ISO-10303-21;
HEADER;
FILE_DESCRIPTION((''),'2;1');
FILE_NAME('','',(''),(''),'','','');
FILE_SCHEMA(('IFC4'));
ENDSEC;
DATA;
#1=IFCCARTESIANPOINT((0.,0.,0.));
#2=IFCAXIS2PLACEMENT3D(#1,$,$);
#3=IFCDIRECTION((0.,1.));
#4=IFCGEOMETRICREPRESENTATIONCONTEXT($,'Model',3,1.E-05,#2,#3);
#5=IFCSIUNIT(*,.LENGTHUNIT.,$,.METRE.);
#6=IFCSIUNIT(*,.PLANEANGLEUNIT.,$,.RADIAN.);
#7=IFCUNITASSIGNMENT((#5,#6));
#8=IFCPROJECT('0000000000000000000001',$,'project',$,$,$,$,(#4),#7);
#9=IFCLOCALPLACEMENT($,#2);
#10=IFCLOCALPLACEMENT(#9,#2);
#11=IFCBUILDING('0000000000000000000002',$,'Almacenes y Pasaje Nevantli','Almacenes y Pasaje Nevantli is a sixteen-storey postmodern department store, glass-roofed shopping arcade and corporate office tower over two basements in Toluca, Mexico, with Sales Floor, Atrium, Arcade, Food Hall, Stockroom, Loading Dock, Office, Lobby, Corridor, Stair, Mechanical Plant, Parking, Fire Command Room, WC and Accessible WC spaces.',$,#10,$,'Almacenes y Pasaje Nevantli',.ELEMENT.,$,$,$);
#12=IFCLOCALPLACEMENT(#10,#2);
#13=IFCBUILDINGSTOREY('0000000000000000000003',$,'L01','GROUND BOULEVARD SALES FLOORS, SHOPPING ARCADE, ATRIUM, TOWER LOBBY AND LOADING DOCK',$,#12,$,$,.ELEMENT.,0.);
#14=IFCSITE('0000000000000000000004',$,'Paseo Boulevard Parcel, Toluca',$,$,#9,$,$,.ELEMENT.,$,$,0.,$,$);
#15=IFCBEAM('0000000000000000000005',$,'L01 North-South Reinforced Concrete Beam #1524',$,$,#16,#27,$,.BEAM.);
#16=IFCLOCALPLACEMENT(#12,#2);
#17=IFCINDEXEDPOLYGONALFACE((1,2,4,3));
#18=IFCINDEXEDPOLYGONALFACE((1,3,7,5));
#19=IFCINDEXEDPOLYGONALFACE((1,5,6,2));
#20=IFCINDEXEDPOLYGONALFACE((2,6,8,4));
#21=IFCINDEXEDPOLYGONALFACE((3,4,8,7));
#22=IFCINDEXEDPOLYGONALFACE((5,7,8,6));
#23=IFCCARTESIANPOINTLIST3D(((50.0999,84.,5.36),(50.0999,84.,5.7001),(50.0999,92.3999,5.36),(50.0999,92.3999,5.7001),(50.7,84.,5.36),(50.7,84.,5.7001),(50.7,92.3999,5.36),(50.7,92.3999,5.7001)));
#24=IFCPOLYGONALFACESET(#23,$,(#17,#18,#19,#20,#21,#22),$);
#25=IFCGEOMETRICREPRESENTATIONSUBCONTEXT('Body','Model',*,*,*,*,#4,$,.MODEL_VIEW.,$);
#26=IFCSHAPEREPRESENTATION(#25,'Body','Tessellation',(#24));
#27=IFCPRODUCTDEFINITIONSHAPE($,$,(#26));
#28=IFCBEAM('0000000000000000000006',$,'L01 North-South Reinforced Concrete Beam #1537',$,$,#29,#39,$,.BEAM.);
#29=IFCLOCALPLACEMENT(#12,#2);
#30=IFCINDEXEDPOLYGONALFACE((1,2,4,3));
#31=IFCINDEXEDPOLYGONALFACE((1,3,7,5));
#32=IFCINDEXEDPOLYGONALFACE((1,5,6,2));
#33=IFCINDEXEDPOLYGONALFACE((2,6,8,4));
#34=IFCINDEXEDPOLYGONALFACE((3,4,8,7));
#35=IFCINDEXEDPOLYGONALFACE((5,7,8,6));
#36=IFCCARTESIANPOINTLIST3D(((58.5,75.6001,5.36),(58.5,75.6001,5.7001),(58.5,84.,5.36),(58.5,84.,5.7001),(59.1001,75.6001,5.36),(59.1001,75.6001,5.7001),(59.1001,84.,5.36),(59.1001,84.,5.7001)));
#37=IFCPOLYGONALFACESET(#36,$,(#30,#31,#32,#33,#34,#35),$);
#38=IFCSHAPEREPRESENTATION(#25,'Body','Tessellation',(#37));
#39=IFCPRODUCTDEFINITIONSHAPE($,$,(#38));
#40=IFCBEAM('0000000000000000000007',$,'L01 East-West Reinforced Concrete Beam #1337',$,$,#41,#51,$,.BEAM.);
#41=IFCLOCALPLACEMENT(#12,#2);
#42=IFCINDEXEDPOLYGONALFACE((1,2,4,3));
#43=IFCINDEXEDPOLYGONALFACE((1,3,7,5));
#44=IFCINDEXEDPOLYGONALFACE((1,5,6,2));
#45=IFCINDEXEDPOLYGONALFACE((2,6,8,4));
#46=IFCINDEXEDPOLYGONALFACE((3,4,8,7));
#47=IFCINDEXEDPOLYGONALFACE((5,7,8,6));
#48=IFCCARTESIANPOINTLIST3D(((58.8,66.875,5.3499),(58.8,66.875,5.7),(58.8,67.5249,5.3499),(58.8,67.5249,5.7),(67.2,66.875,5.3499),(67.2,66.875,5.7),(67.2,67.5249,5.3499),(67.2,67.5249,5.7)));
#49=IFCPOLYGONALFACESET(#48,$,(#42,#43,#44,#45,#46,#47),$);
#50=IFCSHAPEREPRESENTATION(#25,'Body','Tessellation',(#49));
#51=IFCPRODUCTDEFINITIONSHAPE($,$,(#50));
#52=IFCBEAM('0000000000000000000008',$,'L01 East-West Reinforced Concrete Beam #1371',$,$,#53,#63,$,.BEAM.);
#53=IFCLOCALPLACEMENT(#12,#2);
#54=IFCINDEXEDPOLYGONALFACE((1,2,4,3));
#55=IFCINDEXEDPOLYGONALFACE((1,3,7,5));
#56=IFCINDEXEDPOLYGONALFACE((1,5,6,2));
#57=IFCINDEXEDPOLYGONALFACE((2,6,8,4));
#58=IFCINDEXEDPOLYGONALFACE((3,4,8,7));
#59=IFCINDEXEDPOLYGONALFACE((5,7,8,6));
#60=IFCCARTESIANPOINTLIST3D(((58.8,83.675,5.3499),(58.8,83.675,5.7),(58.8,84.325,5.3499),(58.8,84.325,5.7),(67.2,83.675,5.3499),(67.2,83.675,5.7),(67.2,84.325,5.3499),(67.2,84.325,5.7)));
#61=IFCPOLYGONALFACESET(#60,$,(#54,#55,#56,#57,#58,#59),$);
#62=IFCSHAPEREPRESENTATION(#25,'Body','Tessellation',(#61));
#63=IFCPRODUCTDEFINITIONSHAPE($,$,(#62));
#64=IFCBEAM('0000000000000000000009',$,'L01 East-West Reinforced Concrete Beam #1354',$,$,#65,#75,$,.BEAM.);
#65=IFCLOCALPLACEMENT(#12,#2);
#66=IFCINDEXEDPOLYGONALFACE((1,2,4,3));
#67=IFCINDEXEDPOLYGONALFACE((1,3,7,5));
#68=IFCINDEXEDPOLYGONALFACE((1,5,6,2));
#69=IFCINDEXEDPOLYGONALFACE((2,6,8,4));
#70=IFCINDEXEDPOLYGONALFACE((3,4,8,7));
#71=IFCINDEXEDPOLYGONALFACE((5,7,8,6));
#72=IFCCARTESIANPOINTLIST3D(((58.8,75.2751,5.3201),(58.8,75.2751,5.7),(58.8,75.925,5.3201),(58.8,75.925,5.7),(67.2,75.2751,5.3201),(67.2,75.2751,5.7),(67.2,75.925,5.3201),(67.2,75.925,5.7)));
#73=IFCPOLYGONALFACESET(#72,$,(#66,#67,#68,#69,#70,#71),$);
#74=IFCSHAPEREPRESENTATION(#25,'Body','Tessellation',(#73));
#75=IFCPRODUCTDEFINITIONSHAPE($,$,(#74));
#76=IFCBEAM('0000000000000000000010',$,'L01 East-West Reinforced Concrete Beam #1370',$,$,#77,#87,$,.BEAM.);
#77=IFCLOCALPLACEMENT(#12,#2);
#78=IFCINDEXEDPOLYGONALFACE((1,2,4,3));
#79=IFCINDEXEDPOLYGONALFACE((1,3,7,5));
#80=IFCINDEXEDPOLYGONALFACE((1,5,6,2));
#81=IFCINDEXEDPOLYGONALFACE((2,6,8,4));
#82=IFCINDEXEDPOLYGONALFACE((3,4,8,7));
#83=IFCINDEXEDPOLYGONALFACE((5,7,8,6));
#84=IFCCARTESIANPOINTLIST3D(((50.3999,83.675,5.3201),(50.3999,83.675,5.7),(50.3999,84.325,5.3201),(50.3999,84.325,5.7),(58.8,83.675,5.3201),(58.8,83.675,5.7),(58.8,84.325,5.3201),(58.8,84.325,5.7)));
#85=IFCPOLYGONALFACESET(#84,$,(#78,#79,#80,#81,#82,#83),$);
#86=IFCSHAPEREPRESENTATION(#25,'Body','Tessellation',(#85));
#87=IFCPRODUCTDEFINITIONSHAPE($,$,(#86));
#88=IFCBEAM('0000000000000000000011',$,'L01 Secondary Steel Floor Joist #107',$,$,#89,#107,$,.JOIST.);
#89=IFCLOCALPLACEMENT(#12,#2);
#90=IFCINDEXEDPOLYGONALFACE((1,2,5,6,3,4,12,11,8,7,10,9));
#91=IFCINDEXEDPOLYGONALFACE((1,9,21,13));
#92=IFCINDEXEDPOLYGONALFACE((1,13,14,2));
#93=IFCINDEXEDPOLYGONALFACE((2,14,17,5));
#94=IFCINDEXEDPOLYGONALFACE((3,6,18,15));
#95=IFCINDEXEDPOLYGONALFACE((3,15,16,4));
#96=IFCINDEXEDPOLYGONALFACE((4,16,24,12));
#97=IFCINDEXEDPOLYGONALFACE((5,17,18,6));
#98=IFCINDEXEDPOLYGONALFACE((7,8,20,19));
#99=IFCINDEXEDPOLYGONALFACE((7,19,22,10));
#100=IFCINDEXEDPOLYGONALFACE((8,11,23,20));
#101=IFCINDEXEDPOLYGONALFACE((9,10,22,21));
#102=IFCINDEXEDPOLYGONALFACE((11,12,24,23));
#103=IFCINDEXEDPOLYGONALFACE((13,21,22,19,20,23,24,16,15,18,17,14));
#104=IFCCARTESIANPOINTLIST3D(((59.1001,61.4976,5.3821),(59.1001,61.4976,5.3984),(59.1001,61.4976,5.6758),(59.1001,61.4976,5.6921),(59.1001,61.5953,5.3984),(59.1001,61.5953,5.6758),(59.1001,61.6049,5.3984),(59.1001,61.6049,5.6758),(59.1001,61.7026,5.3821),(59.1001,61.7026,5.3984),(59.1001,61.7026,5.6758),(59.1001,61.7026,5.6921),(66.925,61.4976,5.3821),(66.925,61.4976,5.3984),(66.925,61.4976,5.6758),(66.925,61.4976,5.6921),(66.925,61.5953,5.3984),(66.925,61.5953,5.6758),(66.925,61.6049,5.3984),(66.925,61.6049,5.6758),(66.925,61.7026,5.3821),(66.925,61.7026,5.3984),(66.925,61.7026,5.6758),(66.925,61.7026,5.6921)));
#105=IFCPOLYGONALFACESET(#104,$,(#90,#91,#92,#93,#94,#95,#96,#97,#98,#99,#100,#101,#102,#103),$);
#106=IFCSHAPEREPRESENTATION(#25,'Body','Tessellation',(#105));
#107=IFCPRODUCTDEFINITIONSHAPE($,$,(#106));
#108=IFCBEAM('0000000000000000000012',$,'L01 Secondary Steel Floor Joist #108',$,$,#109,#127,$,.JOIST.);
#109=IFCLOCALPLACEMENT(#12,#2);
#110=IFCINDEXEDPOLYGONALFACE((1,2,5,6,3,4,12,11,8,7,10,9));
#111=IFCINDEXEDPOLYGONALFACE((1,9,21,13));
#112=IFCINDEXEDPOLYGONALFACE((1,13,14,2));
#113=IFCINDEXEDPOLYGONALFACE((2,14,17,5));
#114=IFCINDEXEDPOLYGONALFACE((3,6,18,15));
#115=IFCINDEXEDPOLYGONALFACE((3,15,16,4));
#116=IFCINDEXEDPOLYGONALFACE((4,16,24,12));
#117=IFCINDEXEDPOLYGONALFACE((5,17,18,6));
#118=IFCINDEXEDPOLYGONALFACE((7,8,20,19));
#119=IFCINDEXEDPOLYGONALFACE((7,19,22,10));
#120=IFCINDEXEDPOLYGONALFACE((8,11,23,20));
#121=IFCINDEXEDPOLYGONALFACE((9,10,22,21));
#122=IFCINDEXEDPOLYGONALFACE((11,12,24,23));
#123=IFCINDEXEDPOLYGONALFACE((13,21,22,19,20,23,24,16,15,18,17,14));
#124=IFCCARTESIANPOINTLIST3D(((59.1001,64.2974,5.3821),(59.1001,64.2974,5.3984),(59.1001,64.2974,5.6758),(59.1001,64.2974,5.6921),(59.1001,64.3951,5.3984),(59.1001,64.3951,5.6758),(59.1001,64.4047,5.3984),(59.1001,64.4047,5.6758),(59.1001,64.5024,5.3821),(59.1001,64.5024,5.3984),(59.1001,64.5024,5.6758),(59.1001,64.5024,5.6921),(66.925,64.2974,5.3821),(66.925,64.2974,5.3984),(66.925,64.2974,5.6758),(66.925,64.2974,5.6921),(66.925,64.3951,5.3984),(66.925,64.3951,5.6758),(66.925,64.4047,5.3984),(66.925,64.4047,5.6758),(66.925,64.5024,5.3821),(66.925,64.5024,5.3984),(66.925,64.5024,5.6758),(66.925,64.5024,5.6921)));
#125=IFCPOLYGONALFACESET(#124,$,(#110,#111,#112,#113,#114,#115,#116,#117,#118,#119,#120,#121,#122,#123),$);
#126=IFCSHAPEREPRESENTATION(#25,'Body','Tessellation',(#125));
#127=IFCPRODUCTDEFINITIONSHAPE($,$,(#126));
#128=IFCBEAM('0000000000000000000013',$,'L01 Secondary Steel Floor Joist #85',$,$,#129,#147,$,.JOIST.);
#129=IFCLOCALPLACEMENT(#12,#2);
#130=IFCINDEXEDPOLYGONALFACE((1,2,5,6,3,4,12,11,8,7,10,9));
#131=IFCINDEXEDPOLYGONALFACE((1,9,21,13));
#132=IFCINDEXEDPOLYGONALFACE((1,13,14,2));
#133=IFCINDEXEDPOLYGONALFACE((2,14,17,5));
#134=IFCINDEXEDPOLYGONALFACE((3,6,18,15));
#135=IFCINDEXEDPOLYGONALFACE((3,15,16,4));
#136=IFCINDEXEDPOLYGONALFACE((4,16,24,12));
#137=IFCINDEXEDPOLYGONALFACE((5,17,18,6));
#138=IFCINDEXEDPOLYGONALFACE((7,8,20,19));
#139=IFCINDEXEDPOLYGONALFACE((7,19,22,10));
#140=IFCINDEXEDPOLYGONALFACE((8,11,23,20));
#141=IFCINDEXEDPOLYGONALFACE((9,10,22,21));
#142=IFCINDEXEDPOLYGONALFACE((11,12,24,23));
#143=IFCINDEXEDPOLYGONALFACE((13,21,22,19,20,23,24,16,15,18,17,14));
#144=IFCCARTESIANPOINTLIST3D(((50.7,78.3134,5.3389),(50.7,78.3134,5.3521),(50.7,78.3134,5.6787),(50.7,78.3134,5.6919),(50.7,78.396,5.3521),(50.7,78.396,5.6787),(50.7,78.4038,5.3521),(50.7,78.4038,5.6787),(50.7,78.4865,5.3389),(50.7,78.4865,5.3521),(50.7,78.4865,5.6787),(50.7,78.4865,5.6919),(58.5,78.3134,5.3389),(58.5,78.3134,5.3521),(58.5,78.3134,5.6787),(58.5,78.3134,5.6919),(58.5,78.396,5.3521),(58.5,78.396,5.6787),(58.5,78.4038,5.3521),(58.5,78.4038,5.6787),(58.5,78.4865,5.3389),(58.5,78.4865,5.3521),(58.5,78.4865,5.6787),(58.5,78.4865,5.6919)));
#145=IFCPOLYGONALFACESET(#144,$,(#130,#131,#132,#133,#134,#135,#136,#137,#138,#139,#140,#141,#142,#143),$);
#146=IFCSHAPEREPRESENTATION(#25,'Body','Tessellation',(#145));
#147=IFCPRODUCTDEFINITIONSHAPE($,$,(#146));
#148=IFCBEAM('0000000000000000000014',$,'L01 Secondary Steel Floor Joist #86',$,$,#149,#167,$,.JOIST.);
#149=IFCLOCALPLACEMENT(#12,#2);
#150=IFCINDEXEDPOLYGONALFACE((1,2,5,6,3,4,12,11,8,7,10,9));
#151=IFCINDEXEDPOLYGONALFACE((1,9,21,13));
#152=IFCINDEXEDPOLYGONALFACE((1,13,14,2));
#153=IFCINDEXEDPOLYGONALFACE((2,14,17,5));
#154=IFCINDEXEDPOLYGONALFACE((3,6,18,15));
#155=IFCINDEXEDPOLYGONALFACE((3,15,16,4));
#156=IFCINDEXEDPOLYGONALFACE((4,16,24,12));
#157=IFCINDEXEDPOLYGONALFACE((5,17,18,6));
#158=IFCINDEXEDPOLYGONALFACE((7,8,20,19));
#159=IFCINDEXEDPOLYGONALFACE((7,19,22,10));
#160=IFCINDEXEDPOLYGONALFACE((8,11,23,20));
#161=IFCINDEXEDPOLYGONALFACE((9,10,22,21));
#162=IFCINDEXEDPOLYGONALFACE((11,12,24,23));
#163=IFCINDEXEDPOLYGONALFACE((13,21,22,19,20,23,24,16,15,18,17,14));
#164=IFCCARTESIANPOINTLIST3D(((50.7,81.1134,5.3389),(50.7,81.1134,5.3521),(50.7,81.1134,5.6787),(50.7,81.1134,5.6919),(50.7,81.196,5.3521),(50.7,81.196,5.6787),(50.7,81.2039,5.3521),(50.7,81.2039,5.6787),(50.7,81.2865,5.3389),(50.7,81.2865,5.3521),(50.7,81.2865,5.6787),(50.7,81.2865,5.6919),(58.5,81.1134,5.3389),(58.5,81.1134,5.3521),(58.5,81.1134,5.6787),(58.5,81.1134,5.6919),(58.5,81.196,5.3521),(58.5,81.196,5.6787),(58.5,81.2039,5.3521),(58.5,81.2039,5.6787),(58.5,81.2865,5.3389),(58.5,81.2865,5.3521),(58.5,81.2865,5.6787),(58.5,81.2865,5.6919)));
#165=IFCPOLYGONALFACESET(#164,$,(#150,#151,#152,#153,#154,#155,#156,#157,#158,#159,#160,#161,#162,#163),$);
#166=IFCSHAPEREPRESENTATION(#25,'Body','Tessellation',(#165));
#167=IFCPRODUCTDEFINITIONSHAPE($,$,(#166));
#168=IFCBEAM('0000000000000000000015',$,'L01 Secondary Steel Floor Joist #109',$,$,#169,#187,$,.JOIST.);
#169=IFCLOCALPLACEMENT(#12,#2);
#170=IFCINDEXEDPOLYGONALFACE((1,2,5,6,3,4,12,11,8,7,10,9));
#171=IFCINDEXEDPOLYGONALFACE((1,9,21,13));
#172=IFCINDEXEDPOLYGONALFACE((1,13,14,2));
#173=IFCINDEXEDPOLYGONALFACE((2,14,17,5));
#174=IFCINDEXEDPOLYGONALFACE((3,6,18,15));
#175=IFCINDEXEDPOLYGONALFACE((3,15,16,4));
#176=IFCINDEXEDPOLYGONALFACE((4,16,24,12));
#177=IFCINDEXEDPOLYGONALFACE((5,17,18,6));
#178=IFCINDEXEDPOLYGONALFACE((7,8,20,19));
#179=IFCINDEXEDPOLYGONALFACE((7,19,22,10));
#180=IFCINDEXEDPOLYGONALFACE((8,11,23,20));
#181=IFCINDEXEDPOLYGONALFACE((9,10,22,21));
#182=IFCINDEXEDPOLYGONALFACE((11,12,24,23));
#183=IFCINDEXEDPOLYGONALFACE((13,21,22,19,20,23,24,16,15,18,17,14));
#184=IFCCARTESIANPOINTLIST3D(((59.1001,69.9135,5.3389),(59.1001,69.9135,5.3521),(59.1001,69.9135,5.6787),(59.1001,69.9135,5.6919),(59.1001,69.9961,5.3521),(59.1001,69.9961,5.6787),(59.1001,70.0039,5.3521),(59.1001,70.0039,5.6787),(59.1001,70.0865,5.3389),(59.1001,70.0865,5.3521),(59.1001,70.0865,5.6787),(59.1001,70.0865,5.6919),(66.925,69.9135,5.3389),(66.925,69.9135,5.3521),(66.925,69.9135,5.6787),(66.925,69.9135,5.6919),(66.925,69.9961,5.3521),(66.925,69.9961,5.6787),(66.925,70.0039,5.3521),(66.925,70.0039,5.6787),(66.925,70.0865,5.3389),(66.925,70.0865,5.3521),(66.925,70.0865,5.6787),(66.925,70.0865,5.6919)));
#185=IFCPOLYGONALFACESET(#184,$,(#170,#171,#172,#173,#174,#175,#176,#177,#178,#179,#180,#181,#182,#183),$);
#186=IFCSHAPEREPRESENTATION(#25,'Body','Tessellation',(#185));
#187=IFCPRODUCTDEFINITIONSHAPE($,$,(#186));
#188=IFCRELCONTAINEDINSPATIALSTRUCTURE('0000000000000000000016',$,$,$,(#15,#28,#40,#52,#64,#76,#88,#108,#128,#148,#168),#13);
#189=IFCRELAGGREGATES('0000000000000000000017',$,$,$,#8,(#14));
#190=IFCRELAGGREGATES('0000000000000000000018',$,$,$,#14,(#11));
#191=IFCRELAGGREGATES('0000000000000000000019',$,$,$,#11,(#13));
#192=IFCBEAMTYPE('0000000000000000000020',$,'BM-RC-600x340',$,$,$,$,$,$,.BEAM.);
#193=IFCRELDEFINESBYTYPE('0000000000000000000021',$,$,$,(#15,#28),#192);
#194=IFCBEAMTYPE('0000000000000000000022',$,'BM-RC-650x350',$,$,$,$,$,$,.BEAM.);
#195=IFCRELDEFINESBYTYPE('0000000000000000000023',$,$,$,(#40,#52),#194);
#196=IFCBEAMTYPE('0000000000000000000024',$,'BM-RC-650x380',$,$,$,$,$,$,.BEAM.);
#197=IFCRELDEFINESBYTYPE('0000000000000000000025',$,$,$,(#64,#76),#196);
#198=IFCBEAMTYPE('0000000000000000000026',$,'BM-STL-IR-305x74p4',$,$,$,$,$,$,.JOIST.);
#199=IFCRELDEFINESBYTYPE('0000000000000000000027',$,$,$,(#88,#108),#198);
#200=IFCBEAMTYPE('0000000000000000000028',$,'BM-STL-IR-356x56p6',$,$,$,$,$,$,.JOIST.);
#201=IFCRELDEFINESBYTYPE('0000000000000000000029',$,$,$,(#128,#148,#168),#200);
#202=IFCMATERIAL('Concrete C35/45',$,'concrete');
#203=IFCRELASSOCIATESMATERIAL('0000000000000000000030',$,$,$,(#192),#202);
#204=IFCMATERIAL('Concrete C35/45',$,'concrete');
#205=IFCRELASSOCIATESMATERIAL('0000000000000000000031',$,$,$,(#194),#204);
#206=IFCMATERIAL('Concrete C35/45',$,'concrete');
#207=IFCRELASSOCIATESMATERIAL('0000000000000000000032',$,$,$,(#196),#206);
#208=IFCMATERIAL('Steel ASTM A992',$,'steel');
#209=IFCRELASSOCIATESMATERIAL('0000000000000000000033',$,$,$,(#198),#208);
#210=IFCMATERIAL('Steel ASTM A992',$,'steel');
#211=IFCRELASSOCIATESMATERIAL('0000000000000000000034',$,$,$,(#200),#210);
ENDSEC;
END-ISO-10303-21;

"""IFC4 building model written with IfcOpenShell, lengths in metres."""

from ifc_helpers import new_model, si_unit, direction, frame, origin, origin_2d, place, context, subcontext, project, spatial, rectangle, i_section, extrude, material, material_profile, profile_set, type_object, element, save


model = new_model("IFC4")

# Units and contexts
model_context = context("Model", 3, precision=1e-05, world=origin(), true_north=direction((0.0, 1.0)))
body_context = subcontext(model_context, "Body", "Model", "MODEL_VIEW")
ifc_project = project(units=[si_unit("LENGTHUNIT", "METRE"), si_unit("PLANEANGLEUNIT", "RADIAN")], contexts=[model_context])

# Site, building, storey
site_placement = place(None, origin())
site = spatial("IfcSite", under=ifc_project, at=site_placement, Name="Paseo Boulevard Parcel, Toluca", CompositionType="ELEMENT", RefElevation=0.0)
building_placement = place(site_placement, origin())
building = spatial("IfcBuilding", under=site, at=building_placement, Name="Almacenes y Pasaje Nevantli", Description="Almacenes y Pasaje Nevantli is a sixteen-storey postmodern department store, glass-roofed shopping arcade and corporate office tower over two basements in Toluca, Mexico, with Sales Floor, Atrium, Arcade, Food Hall, Stockroom, Loading Dock, Office, Lobby, Corridor, Stair, Mechanical Plant, Parking, Fire Command Room, WC and Accessible WC spaces.", LongName="Almacenes y Pasaje Nevantli", CompositionType="ELEMENT")
storey_placement = place(building_placement, origin())
storey = spatial("IfcBuildingStorey", under=building, at=storey_placement, Name="L01", Description="GROUND BOULEVARD SALES FLOORS, SHOPPING ARCADE, ATRIUM, TOWER LOBBY AND LOADING DOCK", CompositionType="ELEMENT", Elevation=0.0)

# Beams
ifc_material_1 = material(Name="Concrete C35/45", Category="concrete")
ifc_material_profile_1 = material_profile(ifc_material_1, rectangle(XDim=0.6001, YDim=0.3401, at=origin_2d()), Name="RC-BM-600x340")
ifc_profile_set_1 = profile_set([ifc_material_profile_1], Name="Concrete C35/45")
beam_type_1 = type_object("IfcBeamType", Name="BM-RC-600x340", PredefinedType="BEAM", material=ifc_profile_set_1)
for number, where, z_axis, x_axis, name in (
    (1, (50.3999, 84.0, 5.53), (0.0, 1.0, 0.0), (-1.0, 0.0, 0.0), "L01 North-South Reinforced Concrete Beam #1524"),
    (2, (58.8, 75.6001, 5.53), (0.0, 1.0, 0.0), (-1.0, 0.0, 0.0), "L01 North-South Reinforced Concrete Beam #1537"),
):
    element("IfcBeam", number, at=place(storey_placement, frame(where, z_axis=z_axis, x_axis=x_axis)), inside=storey, type_object=beam_type_1, Name=name, PredefinedType="BEAM", context=body_context, shape_type="SweptSolid", body=[
        extrude(rectangle(XDim=0.6001, YDim=0.3401, at=origin_2d()), origin(), (0.0, 0.0, 1.0), 8.3999),
    ])
ifc_material_2 = material(Name="Concrete C35/45", Category="concrete")
ifc_material_profile_2 = material_profile(ifc_material_2, rectangle(XDim=0.6499, YDim=0.3501, at=origin_2d()), Name="RC-BM-650x350")
ifc_profile_set_2 = profile_set([ifc_material_profile_2], Name="Concrete C35/45")
beam_type_2 = type_object("IfcBeamType", Name="BM-RC-650x350", PredefinedType="BEAM", material=ifc_profile_set_2)
for number, where, z_axis, x_axis, name in (
    (3, (58.8, 67.2, 5.5249), (1.0, 0.0, 0.0), (0.0, 1.0, 0.0), "L01 East-West Reinforced Concrete Beam #1337"),
    (4, (58.8, 84.0, 5.5249), (1.0, 0.0, 0.0), (0.0, 1.0, 0.0), "L01 East-West Reinforced Concrete Beam #1371"),
):
    element("IfcBeam", number, at=place(storey_placement, frame(where, z_axis=z_axis, x_axis=x_axis)), inside=storey, type_object=beam_type_2, Name=name, PredefinedType="BEAM", context=body_context, shape_type="SweptSolid", body=[
        extrude(rectangle(XDim=0.6499, YDim=0.3501, at=origin_2d()), origin(), (0.0, 0.0, 1.0), 8.3999),
    ])
ifc_material_3 = material(Name="Concrete C35/45", Category="concrete")
ifc_material_profile_3 = material_profile(ifc_material_3, rectangle(XDim=0.6499, YDim=0.3799, at=origin_2d()), Name="RC-BM-650x380")
ifc_profile_set_3 = profile_set([ifc_material_profile_3], Name="Concrete C35/45")
beam_type_3 = type_object("IfcBeamType", Name="BM-RC-650x380", PredefinedType="BEAM", material=ifc_profile_set_3)
beam_1_placement = place(storey_placement, frame((58.8, 75.6001, 5.51), z_axis=(1.0, 0.0, 0.0), x_axis=(0.0, 1.0, 0.0)))
element("IfcBeam", 5, at=beam_1_placement, inside=storey, type_object=beam_type_3, Name="L01 East-West Reinforced Concrete Beam #1354", PredefinedType="BEAM", context=body_context, shape_type="SweptSolid", body=[
    extrude(rectangle(XDim=0.6499, YDim=0.3799, at=origin_2d()), origin(), (0.0, 0.0, 1.0), 8.3999),
])
beam_2_placement = place(storey_placement, frame((50.3999, 84.0, 5.51), z_axis=(1.0, 0.0, 0.0), x_axis=(0.0, 1.0, 0.0)))
element("IfcBeam", 6, at=beam_2_placement, inside=storey, type_object=beam_type_3, Name="L01 East-West Reinforced Concrete Beam #1370", PredefinedType="BEAM", context=body_context, shape_type="SweptSolid", body=[
    extrude(rectangle(XDim=0.6499, YDim=0.3799, at=origin_2d()), origin(), (0.0, 0.0, 1.0), 8.4001),
])
ifc_material_4 = material(Name="Steel ASTM A992", Category="steel")
ifc_material_profile_4 = material_profile(ifc_material_4, i_section(OverallWidth=0.2051, OverallDepth=0.3101, WebThickness=0.0095, FlangeThickness=0.0164, at=origin_2d()), Name="IR 305x74.4")
ifc_profile_set_4 = profile_set([ifc_material_profile_4], Name="Steel ASTM A992")
beam_type_4 = type_object("IfcBeamType", Name="BM-STL-IR-305x74p4", PredefinedType="JOIST", material=ifc_profile_set_4)
for number, where, z_axis, x_axis, name in (
    (7, (59.1001, 61.6001, 5.5371), (1.0, 0.0, 0.0), (0.0, 1.0, 0.0), "L01 Secondary Steel Floor Joist #107"),
    (8, (59.1001, 64.3999, 5.5371), (1.0, 0.0, 0.0), (0.0, 1.0, 0.0), "L01 Secondary Steel Floor Joist #108"),
):
    element("IfcBeam", number, at=place(storey_placement, frame(where, z_axis=z_axis, x_axis=x_axis)), inside=storey, type_object=beam_type_4, Name=name, PredefinedType="JOIST", context=body_context, shape_type="SweptSolid", body=[
        extrude(i_section(OverallWidth=0.2051, OverallDepth=0.3101, WebThickness=0.0095, FlangeThickness=0.0164, at=origin_2d()), origin(), (0.0, 0.0, 1.0), 7.825),
    ])
ifc_material_5 = material(Name="Steel ASTM A992", Category="steel")
ifc_material_profile_5 = material_profile(ifc_material_5, i_section(OverallWidth=0.1731, OverallDepth=0.353, WebThickness=0.0078, FlangeThickness=0.0132, at=origin_2d()), Name="IR 356x56.6")
ifc_profile_set_5 = profile_set([ifc_material_profile_5], Name="Steel ASTM A992")
beam_type_5 = type_object("IfcBeamType", Name="BM-STL-IR-356x56p6", PredefinedType="JOIST", material=ifc_profile_set_5)
for number, where, z_axis, x_axis, name in (
    (9, (50.7, 78.3999, 5.5154), (1.0, 0.0, 0.0), (0.0, 1.0, 0.0), "L01 Secondary Steel Floor Joist #85"),
    (10, (50.7, 81.2, 5.5154), (1.0, 0.0, 0.0), (0.0, 1.0, 0.0), "L01 Secondary Steel Floor Joist #86"),
):
    element("IfcBeam", number, at=place(storey_placement, frame(where, z_axis=z_axis, x_axis=x_axis)), inside=storey, type_object=beam_type_5, Name=name, PredefinedType="JOIST", context=body_context, shape_type="SweptSolid", body=[
        extrude(i_section(OverallWidth=0.1731, OverallDepth=0.353, WebThickness=0.0078, FlangeThickness=0.0132, at=origin_2d()), origin(), (0.0, 0.0, 1.0), 7.8),
    ])
for number, where, z_axis, x_axis, name in (
    (11, (59.1001, 70.0, 5.5154), (1.0, 0.0, 0.0), (0.0, 1.0, 0.0), "L01 Secondary Steel Floor Joist #109"),
):
    element("IfcBeam", number, at=place(storey_placement, frame(where, z_axis=z_axis, x_axis=x_axis)), inside=storey, type_object=beam_type_5, Name=name, PredefinedType="JOIST", context=body_context, shape_type="SweptSolid", body=[
        extrude(i_section(OverallWidth=0.1731, OverallDepth=0.353, WebThickness=0.0078, FlangeThickness=0.0132, at=origin_2d()), origin(), (0.0, 0.0, 1.0), 7.825),
    ])

save(model, "model.ifc")
